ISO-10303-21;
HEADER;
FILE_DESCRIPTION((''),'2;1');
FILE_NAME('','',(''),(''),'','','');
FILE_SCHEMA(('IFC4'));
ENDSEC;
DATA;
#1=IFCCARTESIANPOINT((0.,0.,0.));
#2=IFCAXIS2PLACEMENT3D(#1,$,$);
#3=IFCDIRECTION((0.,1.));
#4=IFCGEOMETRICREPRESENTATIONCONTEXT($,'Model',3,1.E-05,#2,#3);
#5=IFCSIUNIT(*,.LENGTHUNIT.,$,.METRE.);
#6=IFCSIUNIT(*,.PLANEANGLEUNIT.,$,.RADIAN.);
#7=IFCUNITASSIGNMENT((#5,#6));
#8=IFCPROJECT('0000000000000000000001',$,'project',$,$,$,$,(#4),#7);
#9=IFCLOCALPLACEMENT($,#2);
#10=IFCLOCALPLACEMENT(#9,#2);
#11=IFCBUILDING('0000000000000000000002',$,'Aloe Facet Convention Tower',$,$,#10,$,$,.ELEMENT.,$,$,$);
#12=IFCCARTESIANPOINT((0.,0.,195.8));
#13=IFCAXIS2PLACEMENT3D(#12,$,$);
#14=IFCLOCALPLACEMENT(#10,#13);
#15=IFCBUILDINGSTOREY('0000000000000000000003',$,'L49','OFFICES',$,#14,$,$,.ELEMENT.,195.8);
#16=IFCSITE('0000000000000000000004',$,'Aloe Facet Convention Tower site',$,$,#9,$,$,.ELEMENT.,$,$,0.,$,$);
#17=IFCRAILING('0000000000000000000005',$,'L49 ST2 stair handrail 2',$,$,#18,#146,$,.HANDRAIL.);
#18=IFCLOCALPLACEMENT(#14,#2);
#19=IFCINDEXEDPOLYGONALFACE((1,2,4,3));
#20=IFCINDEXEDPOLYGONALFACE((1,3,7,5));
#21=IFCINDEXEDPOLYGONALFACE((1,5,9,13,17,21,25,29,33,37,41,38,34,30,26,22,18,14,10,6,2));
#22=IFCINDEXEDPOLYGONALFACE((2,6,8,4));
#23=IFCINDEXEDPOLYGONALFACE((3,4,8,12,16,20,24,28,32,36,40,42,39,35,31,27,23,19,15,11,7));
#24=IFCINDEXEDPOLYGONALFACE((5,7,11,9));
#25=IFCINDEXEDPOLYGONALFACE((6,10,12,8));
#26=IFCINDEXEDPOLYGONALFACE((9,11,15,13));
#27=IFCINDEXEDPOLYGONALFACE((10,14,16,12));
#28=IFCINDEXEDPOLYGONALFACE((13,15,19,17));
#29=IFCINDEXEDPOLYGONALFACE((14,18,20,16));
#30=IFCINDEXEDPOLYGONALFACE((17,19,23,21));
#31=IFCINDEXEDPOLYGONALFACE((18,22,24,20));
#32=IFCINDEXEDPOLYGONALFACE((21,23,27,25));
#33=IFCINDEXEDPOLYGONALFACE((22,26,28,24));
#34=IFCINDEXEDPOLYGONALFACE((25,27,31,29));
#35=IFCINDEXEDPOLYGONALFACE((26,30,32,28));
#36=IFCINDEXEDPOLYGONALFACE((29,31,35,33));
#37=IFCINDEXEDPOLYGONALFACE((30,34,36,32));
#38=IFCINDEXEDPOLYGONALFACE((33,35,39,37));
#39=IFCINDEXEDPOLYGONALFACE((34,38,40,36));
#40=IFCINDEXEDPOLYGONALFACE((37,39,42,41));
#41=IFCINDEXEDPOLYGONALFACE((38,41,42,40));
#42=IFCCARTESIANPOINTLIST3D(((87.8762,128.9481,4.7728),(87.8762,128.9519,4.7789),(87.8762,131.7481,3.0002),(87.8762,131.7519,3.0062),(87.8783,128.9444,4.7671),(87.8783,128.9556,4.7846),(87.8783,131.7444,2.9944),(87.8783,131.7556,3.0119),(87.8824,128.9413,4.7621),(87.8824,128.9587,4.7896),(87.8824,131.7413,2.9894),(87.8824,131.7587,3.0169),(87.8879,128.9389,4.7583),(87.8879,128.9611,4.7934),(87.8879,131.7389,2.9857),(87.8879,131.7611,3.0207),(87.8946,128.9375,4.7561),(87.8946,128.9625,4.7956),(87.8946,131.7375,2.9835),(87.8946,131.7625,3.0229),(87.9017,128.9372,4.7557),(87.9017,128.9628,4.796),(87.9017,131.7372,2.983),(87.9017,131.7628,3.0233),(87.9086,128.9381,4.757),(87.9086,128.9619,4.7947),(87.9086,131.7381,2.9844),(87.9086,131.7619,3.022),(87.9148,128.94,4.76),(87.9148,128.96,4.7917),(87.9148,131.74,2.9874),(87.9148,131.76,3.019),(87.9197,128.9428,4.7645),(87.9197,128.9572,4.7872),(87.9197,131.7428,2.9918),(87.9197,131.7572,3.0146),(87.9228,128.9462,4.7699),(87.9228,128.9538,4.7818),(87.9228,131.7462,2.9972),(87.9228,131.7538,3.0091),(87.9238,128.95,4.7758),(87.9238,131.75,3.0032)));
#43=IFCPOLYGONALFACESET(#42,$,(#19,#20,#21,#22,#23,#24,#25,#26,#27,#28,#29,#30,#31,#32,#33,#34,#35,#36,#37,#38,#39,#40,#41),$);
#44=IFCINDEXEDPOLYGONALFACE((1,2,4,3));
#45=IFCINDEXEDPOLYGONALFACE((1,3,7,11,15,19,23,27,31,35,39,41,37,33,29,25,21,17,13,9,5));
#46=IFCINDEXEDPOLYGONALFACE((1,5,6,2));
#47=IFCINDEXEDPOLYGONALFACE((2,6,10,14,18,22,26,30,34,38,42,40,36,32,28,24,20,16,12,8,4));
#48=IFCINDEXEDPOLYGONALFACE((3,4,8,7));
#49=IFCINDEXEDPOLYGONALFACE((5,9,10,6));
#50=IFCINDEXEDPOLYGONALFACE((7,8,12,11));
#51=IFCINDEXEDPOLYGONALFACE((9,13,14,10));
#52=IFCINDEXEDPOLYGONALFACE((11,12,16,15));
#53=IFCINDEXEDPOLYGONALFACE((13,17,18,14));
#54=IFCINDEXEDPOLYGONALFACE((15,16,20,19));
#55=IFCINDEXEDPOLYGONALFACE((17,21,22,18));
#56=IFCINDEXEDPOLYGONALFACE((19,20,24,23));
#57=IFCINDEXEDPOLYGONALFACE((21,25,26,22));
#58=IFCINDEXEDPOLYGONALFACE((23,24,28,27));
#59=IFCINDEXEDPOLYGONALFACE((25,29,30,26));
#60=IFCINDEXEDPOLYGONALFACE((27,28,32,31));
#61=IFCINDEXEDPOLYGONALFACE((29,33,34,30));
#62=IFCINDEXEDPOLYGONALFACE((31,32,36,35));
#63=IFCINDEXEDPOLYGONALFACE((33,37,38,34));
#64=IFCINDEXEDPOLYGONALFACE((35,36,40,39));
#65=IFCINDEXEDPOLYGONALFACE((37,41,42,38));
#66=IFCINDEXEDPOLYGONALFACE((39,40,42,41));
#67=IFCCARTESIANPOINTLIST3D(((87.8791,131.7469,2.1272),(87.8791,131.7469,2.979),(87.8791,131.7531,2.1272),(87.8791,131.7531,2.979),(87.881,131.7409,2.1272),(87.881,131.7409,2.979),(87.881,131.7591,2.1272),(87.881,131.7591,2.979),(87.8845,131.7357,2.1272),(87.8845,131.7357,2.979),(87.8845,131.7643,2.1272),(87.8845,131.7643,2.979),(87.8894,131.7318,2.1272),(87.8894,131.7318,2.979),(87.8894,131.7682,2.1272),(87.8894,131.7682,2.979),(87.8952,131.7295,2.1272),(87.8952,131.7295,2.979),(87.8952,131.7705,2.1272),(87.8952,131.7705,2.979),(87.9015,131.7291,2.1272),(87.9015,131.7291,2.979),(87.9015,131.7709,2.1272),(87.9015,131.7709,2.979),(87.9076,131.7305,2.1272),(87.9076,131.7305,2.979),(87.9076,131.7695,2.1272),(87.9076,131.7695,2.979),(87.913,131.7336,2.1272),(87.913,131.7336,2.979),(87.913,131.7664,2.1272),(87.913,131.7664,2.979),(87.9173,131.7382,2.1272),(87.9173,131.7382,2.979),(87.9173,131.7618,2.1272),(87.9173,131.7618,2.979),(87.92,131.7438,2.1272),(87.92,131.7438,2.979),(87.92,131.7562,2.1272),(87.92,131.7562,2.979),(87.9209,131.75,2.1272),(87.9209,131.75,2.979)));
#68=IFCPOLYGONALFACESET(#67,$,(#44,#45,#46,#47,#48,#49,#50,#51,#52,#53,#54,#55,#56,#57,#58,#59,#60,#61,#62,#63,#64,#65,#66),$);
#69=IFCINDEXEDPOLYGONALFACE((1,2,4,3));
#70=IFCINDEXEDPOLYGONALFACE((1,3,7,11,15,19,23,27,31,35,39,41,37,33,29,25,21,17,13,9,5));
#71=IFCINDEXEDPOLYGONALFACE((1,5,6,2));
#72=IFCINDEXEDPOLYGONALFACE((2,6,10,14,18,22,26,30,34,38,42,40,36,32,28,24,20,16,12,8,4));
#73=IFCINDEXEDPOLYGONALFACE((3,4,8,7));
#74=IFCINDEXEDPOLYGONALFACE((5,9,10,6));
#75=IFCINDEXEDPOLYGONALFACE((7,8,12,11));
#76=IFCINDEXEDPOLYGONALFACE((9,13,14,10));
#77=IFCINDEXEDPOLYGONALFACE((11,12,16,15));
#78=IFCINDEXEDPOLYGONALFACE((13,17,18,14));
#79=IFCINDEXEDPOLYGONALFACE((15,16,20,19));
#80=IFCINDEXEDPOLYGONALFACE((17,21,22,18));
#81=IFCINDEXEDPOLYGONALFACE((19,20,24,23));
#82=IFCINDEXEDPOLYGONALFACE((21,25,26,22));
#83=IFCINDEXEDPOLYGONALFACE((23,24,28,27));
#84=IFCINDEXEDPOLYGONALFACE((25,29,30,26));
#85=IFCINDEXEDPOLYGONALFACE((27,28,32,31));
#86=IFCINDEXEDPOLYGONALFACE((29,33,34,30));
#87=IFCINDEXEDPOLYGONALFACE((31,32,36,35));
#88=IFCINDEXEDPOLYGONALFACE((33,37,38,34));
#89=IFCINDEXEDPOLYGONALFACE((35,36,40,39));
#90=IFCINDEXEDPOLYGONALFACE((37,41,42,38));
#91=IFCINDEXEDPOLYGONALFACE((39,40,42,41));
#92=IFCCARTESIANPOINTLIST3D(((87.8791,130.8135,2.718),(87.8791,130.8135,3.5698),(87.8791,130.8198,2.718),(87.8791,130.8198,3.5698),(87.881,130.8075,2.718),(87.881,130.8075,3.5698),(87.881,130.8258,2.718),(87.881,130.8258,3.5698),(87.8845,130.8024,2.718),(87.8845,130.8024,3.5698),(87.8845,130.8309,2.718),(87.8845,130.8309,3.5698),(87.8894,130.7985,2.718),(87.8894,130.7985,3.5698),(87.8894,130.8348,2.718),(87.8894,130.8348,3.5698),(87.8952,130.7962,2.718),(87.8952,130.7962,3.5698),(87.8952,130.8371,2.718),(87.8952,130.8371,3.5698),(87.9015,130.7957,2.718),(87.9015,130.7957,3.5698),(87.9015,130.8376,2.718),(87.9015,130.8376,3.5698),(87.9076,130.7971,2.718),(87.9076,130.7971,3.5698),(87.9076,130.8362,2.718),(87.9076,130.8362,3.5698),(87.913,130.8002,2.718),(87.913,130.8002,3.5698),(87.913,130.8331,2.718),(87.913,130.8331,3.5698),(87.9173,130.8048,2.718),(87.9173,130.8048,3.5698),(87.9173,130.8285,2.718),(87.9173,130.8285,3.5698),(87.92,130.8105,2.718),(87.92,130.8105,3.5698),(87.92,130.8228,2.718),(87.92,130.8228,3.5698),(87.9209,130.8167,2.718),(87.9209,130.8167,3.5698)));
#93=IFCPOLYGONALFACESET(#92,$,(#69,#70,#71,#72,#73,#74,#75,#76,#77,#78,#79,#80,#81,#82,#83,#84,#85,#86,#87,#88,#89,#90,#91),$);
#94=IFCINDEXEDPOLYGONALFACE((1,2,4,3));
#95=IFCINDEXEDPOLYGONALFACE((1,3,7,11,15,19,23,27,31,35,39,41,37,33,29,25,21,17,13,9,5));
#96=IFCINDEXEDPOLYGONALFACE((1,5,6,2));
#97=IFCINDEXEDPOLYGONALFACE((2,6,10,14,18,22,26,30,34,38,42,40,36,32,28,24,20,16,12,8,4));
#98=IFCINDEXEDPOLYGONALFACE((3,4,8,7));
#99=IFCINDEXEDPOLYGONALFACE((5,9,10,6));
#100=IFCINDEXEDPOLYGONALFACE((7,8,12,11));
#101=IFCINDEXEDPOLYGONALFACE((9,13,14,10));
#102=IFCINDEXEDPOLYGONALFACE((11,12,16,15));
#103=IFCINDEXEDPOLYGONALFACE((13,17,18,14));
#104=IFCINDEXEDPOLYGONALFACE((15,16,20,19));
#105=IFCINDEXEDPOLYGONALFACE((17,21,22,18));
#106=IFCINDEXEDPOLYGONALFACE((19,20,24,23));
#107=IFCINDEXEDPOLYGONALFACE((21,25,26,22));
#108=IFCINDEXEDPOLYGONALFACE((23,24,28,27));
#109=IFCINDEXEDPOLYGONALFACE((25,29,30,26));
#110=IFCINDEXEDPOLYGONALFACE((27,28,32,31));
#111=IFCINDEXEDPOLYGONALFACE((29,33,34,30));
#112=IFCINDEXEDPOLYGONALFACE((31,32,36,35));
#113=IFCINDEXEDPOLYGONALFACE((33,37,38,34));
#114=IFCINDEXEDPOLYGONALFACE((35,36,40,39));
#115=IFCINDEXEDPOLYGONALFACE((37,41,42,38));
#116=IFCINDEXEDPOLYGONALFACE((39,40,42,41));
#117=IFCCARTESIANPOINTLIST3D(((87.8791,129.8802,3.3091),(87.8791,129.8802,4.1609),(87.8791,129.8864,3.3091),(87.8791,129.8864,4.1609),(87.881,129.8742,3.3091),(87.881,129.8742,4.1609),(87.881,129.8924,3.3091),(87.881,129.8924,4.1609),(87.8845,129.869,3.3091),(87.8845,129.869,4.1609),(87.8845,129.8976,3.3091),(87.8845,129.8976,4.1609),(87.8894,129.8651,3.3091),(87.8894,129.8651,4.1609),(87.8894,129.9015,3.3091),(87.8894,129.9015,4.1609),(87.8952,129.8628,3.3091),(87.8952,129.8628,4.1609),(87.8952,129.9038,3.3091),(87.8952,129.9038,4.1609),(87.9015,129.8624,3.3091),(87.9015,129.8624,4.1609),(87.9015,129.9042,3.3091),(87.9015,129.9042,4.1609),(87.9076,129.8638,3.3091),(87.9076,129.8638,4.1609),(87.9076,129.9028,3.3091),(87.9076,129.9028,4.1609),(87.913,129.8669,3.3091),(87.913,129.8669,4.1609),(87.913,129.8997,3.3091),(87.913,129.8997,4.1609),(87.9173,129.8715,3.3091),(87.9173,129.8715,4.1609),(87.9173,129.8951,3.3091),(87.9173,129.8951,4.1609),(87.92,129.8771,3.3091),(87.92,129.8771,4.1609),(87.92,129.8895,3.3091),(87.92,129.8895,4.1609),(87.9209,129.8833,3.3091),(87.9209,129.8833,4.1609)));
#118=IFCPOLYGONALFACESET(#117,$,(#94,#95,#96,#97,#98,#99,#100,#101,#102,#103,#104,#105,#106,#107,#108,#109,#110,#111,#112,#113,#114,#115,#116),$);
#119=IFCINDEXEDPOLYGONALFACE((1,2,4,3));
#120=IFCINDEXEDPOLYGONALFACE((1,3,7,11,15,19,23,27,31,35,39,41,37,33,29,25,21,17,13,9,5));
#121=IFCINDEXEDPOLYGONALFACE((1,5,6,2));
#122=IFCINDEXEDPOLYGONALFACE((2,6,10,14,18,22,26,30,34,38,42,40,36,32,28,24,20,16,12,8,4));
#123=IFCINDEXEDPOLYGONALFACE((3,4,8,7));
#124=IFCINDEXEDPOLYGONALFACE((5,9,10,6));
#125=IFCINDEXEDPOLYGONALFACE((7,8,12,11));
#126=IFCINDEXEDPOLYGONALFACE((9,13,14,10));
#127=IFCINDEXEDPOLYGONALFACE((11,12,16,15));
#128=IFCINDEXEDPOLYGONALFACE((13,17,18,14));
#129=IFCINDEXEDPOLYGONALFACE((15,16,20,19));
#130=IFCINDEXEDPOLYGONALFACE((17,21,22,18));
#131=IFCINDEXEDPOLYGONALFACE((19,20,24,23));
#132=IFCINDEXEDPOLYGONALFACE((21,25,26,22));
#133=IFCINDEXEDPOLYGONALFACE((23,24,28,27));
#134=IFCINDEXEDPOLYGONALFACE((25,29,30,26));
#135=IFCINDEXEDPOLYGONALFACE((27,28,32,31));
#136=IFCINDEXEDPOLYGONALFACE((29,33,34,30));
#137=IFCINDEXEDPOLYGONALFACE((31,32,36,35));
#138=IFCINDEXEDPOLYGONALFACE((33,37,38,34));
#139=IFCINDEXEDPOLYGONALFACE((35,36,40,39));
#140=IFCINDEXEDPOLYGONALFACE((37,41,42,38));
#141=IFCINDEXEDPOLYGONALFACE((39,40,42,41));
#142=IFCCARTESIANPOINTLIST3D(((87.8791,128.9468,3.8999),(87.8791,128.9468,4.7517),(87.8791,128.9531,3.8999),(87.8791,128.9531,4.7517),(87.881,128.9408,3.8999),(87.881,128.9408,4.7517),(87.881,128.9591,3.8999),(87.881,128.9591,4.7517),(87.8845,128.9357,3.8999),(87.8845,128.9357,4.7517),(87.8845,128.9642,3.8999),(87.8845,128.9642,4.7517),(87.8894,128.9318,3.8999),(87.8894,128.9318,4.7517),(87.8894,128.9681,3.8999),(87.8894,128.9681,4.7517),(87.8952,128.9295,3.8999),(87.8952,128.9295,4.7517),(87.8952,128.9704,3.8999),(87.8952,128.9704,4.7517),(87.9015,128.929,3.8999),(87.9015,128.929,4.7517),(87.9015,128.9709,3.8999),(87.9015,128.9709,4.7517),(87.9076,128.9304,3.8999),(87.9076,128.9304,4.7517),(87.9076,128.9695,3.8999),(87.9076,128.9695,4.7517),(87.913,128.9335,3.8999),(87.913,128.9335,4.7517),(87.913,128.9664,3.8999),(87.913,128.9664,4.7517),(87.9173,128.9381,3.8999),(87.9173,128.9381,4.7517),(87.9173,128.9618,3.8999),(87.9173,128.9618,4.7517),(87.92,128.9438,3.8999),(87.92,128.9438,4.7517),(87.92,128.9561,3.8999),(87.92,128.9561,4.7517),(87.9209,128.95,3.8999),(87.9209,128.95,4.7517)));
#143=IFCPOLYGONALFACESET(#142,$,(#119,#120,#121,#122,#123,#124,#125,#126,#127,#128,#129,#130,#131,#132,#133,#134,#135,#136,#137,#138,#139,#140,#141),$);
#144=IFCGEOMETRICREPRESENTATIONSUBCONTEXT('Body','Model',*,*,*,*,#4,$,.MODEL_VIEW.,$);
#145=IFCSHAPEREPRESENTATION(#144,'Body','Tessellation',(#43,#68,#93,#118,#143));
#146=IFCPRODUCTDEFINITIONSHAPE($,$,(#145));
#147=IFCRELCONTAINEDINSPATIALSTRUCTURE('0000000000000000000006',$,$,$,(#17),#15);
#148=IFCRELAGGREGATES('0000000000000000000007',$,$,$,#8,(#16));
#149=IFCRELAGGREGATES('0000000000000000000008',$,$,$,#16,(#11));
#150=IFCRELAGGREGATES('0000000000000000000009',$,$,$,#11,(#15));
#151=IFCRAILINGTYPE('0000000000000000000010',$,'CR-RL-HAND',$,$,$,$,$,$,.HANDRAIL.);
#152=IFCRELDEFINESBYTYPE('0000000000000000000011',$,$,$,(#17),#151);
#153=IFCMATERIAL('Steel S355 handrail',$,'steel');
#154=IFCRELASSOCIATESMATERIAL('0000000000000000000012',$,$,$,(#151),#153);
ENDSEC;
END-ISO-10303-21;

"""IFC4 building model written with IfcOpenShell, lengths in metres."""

from ifc_helpers import new_model, si_unit, direction, frame, origin, origin_2d, place, context, subcontext, project, spatial, circle, extrude, material, type_object, element, save


model = new_model("IFC4")

# Units and contexts
model_context = context("Model", 3, precision=1e-05, world=origin(), true_north=direction((0.0, 1.0)))
body_context = subcontext(model_context, "Body", "Model", "MODEL_VIEW")
ifc_project = project(units=[si_unit("LENGTHUNIT", "METRE"), si_unit("PLANEANGLEUNIT", "RADIAN")], contexts=[model_context])

# Site, building, storey
site_placement = place(None, origin())
site = spatial("IfcSite", under=ifc_project, at=site_placement, Name="Aloe Facet Convention Tower site", CompositionType="ELEMENT", RefElevation=0.0)
building_placement = place(site_placement, origin())
building = spatial("IfcBuilding", under=site, at=building_placement, Name="Aloe Facet Convention Tower", CompositionType="ELEMENT")
storey_placement = place(building_placement, frame((0.0, 0.0, 195.8)))
storey = spatial("IfcBuildingStorey", under=building, at=storey_placement, Name="L49", Description="OFFICES", CompositionType="ELEMENT", Elevation=195.8)

# Railing
ifc_material_1 = material(Name="Steel S355 handrail", Category="steel")
railing_type_1 = type_object("IfcRailingType", Name="CR-RL-HAND", PredefinedType="HANDRAIL", material=ifc_material_1)
railing_1_placement = place(storey_placement, frame((87.8999, 131.75, 2.1272)))
element("IfcRailing", 1, at=railing_1_placement, inside=storey, type_object=railing_type_1, Name="L49 ST2 stair handrail 2", PredefinedType="HANDRAIL", context=body_context, shape_type="SweptSolid", body=[
    extrude(circle(Radius=0.0239, at=origin_2d()), frame((0.0, 0.0, 0.876), z_axis=(0.0, -0.844909, 0.53491), x_axis=(1.0, 0.0, 0.0)), (0.0, 0.0, 1.0), 3.314),
    extrude(circle(Radius=0.021, at=origin_2d()), origin(), (0.0, 0.0, 1.0), 0.8518),
    extrude(circle(Radius=0.021, at=origin_2d()), frame((0.0, -0.9333, 0.5908)), (0.0, 0.0, 1.0), 0.8518),
    extrude(circle(Radius=0.021, at=origin_2d()), frame((0.0, -1.8667, 1.1819)), (0.0, 0.0, 1.0), 0.8518),
    extrude(circle(Radius=0.021, at=origin_2d()), frame((0.0, -2.8, 1.7727)), (0.0, 0.0, 1.0), 0.8518),
])

save(model, "model.ifc")
